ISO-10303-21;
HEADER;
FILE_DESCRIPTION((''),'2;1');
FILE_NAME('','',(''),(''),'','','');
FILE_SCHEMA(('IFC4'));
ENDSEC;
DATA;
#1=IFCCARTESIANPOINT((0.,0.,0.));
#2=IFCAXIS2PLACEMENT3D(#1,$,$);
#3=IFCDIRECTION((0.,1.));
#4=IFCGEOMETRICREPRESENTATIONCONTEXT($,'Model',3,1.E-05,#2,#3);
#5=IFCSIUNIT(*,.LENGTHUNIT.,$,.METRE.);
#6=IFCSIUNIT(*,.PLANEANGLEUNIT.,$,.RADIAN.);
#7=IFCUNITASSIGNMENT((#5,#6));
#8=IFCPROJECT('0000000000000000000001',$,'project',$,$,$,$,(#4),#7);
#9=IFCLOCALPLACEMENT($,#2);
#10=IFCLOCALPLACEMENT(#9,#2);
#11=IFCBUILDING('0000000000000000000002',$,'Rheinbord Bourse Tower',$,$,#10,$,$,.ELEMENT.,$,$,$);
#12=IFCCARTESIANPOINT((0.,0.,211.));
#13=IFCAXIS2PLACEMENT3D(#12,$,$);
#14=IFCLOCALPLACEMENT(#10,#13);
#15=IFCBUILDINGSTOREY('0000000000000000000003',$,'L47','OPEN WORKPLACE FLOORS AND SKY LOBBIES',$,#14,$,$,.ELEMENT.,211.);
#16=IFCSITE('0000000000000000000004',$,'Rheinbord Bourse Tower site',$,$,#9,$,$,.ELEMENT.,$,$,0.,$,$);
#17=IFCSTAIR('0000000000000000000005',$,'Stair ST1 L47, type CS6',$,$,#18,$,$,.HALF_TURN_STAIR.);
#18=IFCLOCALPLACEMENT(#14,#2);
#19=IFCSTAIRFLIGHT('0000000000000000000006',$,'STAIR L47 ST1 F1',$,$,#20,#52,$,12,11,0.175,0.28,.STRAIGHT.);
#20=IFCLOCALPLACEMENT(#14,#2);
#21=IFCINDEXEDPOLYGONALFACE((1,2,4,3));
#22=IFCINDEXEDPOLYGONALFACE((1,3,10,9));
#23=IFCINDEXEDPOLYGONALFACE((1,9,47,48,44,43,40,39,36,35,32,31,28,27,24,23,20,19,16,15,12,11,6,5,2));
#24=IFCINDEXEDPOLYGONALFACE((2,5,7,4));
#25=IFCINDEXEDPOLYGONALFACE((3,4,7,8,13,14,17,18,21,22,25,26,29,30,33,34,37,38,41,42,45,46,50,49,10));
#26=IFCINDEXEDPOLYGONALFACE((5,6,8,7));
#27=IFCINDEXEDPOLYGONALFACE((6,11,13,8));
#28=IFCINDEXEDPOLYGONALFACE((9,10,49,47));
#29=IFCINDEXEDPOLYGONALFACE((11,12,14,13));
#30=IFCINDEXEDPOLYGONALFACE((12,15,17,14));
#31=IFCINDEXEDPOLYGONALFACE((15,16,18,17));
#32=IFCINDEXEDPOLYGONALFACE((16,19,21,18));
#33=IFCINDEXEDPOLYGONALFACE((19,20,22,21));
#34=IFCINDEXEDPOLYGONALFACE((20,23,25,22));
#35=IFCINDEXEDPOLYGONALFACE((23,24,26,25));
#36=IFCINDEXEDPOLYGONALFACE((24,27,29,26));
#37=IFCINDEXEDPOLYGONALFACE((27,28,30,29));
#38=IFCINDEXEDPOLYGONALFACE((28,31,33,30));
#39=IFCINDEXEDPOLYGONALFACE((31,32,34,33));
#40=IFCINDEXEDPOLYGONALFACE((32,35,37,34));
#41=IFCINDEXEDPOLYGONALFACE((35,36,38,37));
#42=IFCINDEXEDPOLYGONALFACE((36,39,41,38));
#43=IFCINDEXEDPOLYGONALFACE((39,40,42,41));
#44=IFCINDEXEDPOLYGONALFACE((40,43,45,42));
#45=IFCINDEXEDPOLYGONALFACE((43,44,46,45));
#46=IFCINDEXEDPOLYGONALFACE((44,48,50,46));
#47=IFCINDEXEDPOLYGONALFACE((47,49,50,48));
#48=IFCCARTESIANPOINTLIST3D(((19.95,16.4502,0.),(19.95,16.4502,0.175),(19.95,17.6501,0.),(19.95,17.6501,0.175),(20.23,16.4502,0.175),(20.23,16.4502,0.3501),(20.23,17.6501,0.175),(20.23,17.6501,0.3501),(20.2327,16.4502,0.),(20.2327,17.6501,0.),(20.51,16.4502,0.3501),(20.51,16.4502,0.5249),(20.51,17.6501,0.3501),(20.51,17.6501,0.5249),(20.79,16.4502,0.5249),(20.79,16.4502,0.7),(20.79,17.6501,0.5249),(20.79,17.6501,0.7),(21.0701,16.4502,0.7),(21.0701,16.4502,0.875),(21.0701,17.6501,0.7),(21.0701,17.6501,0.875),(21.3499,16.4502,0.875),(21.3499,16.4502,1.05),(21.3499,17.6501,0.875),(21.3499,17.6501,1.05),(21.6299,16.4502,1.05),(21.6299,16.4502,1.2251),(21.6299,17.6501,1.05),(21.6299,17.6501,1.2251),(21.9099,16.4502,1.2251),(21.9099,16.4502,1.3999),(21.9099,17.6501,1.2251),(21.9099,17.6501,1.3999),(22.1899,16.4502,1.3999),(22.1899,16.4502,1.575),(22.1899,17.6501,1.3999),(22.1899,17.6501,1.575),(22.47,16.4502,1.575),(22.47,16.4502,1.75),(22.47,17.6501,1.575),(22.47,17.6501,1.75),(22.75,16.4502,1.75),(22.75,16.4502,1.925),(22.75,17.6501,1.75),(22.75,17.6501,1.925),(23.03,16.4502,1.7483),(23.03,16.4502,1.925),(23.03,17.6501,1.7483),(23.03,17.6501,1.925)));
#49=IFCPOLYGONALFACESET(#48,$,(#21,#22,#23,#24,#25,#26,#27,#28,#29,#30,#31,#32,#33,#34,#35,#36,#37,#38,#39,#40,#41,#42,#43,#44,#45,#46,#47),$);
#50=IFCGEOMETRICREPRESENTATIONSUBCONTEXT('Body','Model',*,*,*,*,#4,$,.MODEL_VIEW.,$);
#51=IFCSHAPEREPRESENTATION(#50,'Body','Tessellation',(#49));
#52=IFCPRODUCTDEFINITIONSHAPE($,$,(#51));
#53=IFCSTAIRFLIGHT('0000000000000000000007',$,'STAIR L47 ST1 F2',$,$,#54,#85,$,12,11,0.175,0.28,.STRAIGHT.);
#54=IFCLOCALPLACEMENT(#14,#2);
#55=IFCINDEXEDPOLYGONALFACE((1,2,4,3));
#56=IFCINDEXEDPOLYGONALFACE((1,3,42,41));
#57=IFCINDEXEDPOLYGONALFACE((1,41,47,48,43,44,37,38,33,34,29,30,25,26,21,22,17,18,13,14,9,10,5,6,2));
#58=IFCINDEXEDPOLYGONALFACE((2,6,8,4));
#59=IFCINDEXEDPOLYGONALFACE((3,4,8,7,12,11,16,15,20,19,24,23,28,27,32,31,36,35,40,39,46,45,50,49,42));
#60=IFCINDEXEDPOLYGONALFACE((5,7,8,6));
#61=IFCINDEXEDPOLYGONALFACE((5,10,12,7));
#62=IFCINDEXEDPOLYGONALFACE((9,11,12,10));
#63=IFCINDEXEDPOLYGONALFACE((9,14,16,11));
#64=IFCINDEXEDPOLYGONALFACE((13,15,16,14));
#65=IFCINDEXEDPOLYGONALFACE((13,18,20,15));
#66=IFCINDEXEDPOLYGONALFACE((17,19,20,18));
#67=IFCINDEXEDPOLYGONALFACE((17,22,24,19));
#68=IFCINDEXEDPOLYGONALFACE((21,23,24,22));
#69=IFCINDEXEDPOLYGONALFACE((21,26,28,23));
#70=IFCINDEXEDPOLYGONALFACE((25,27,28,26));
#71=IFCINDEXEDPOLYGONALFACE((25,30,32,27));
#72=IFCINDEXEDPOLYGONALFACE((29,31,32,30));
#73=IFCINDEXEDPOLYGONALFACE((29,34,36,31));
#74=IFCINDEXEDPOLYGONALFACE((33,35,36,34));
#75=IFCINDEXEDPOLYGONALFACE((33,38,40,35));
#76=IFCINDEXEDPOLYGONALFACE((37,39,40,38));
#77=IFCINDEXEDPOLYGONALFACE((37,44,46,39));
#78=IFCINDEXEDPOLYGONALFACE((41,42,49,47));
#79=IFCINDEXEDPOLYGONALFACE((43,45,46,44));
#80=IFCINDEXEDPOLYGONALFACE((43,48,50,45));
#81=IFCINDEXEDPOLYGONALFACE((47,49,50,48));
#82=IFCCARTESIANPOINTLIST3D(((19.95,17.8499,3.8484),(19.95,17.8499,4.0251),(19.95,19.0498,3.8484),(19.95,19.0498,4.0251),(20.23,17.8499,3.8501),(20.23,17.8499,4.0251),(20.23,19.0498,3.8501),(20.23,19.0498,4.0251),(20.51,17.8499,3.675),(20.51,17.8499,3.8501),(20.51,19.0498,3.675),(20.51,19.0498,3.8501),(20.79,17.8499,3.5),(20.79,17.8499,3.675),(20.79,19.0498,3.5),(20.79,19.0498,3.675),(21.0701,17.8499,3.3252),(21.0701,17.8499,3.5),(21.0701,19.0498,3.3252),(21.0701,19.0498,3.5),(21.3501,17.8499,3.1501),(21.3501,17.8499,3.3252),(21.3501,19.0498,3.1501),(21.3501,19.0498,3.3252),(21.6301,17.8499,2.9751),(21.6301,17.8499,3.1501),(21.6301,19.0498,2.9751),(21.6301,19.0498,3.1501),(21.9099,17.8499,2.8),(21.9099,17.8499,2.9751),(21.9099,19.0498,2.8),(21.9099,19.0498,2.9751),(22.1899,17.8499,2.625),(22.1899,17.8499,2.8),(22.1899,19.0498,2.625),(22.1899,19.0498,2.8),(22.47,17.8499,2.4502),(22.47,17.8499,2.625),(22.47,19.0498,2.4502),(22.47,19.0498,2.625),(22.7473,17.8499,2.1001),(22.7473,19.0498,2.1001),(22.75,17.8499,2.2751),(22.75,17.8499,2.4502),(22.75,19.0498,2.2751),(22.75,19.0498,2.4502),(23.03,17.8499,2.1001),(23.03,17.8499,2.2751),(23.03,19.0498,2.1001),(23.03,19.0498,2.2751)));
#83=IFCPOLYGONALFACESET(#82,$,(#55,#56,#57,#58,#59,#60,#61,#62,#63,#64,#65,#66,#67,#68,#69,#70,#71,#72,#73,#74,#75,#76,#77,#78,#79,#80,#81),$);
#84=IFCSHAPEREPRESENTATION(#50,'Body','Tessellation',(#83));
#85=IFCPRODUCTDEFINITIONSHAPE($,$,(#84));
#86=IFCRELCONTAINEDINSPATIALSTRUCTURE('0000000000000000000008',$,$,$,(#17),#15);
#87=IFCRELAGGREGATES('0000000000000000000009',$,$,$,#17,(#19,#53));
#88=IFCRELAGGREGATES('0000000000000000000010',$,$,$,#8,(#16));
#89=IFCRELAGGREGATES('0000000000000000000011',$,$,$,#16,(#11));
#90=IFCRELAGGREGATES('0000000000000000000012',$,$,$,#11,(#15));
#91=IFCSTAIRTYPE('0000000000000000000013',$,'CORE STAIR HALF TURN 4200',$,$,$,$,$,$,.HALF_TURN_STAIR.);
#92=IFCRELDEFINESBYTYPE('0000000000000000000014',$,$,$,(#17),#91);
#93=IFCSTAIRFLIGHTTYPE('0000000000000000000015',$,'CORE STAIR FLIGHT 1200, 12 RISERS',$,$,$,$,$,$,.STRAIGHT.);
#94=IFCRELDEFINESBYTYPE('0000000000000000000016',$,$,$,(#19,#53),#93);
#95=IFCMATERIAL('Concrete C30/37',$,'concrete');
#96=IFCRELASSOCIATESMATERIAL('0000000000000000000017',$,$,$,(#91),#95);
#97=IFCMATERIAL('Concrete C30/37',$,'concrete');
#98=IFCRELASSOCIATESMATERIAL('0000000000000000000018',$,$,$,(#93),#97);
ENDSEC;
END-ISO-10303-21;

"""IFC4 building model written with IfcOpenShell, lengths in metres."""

from ifc_helpers import new_model, si_unit, direction, frame, origin, place, context, subcontext, project, spatial, polyline, outline, extrude, material, type_object, element, aggregate, save


model = new_model("IFC4")

# Units and contexts
model_context = context("Model", 3, precision=1e-05, world=origin(), true_north=direction((0.0, 1.0)))
body_context = subcontext(model_context, "Body", "Model", "MODEL_VIEW")
ifc_project = project(units=[si_unit("LENGTHUNIT", "METRE"), si_unit("PLANEANGLEUNIT", "RADIAN")], contexts=[model_context])

# Site, building, storey
site_placement = place(None, origin())
site = spatial("IfcSite", under=ifc_project, at=site_placement, Name="Rheinbord Bourse Tower site", CompositionType="ELEMENT", RefElevation=0.0)
building_placement = place(site_placement, origin())
building = spatial("IfcBuilding", under=site, at=building_placement, Name="Rheinbord Bourse Tower", CompositionType="ELEMENT")
storey_placement = place(building_placement, frame((0.0, 0.0, 211.0)))
storey = spatial("IfcBuildingStorey", under=building, at=storey_placement, Name="L47", Description="OPEN WORKPLACE FLOORS AND SKY LOBBIES", CompositionType="ELEMENT", Elevation=211.0)

# Stair, stair flights
ifc_material_1 = material(Name="Concrete C30/37", Category="concrete")
stair_type = type_object("IfcStairType", Name="CORE STAIR HALF TURN 4200", PredefinedType="HALF_TURN_STAIR", material=ifc_material_1)
stair_placement = place(storey_placement, origin())
stair = element("IfcStair", 1, at=stair_placement, inside=storey, type_object=stair_type, Name="Stair ST1 L47, type CS6", PredefinedType="HALF_TURN_STAIR")
ifc_material_2 = material(Name="Concrete C30/37", Category="concrete")
stair_flight_type = type_object("IfcStairFlightType", Name="CORE STAIR FLIGHT 1200, 12 RISERS", PredefinedType="STRAIGHT", material=ifc_material_2)
stair_flight_1_placement = place(storey_placement, frame((19.95, 17.05, 0.0), z_axis=(0.0, 0.0, 1.0), x_axis=(1.0, 0.0, 0.0)))
stair_flight_1 = element("IfcStairFlight", 2, at=stair_flight_1_placement, type_object=stair_flight_type, Name="STAIR L47 ST1 F1", NumberOfRisers=12, NumberOfTreads=11, PredefinedType="STRAIGHT", RiserHeight=0.175, TreadLength=0.28, context=body_context, shape_type="SweptSolid", body=[
    extrude(outline(polyline([(0.0, 0.0), (0.0, 0.175), (0.28, 0.175), (0.28, 0.3501), (0.5601, 0.3501), (0.5601, 0.5249), (0.8401, 0.5249), (0.8401, 0.7), (1.1201, 0.7), (1.1201, 0.875), (1.3999, 0.875), (1.3999, 1.05), (1.6799, 1.05), (1.6799, 1.2251), (1.96, 1.2251), (1.96, 1.3999), (2.24, 1.3999), (2.24, 1.575), (2.52, 1.575), (2.52, 1.75), (2.8, 1.75), (2.8, 1.925), (3.0801, 1.925), (3.0801, 2.1001), (3.0801, 1.7483), (0.2827, 0.0), (0.0, 0.0)])), frame((0.0, 0.6001, 0.0), z_axis=(0.0, -1.0, 0.0), x_axis=(1.0, 0.0, 0.0)), (0.0, 0.0, 1.0), 1.2),
])
stair_flight_2_placement = place(storey_placement, frame((23.03, 18.45, 2.1001), z_axis=(0.0, 0.0, 1.0), x_axis=(-1.0, 0.0, 0.0)))
stair_flight_2 = element("IfcStairFlight", 3, at=stair_flight_2_placement, type_object=stair_flight_type, Name="STAIR L47 ST1 F2", NumberOfRisers=12, NumberOfTreads=11, PredefinedType="STRAIGHT", RiserHeight=0.175, TreadLength=0.28, context=body_context, shape_type="SweptSolid", body=[
    extrude(outline(polyline([(0.0, 0.0), (0.0, 0.175), (0.28, 0.175), (0.28, 0.3501), (0.5601, 0.3501), (0.5601, 0.5249), (0.8401, 0.5249), (0.8401, 0.7), (1.1201, 0.7), (1.1201, 0.875), (1.3999, 0.875), (1.3999, 1.05), (1.6799, 1.05), (1.6799, 1.2251), (1.96, 1.2251), (1.96, 1.3999), (2.24, 1.3999), (2.24, 1.575), (2.52, 1.575), (2.52, 1.75), (2.8, 1.75), (2.8, 1.925), (3.0801, 1.925), (3.0801, 2.1001), (3.0801, 1.7483), (0.2827, 0.0), (0.0, 0.0)])), frame((0.0, 0.6001, 0.0), z_axis=(0.0, -1.0, 0.0), x_axis=(1.0, 0.0, 0.0)), (0.0, 0.0, 1.0), 1.2),
])
aggregate(stair, [stair_flight_1, stair_flight_2])

save(model, "model.ifc")
